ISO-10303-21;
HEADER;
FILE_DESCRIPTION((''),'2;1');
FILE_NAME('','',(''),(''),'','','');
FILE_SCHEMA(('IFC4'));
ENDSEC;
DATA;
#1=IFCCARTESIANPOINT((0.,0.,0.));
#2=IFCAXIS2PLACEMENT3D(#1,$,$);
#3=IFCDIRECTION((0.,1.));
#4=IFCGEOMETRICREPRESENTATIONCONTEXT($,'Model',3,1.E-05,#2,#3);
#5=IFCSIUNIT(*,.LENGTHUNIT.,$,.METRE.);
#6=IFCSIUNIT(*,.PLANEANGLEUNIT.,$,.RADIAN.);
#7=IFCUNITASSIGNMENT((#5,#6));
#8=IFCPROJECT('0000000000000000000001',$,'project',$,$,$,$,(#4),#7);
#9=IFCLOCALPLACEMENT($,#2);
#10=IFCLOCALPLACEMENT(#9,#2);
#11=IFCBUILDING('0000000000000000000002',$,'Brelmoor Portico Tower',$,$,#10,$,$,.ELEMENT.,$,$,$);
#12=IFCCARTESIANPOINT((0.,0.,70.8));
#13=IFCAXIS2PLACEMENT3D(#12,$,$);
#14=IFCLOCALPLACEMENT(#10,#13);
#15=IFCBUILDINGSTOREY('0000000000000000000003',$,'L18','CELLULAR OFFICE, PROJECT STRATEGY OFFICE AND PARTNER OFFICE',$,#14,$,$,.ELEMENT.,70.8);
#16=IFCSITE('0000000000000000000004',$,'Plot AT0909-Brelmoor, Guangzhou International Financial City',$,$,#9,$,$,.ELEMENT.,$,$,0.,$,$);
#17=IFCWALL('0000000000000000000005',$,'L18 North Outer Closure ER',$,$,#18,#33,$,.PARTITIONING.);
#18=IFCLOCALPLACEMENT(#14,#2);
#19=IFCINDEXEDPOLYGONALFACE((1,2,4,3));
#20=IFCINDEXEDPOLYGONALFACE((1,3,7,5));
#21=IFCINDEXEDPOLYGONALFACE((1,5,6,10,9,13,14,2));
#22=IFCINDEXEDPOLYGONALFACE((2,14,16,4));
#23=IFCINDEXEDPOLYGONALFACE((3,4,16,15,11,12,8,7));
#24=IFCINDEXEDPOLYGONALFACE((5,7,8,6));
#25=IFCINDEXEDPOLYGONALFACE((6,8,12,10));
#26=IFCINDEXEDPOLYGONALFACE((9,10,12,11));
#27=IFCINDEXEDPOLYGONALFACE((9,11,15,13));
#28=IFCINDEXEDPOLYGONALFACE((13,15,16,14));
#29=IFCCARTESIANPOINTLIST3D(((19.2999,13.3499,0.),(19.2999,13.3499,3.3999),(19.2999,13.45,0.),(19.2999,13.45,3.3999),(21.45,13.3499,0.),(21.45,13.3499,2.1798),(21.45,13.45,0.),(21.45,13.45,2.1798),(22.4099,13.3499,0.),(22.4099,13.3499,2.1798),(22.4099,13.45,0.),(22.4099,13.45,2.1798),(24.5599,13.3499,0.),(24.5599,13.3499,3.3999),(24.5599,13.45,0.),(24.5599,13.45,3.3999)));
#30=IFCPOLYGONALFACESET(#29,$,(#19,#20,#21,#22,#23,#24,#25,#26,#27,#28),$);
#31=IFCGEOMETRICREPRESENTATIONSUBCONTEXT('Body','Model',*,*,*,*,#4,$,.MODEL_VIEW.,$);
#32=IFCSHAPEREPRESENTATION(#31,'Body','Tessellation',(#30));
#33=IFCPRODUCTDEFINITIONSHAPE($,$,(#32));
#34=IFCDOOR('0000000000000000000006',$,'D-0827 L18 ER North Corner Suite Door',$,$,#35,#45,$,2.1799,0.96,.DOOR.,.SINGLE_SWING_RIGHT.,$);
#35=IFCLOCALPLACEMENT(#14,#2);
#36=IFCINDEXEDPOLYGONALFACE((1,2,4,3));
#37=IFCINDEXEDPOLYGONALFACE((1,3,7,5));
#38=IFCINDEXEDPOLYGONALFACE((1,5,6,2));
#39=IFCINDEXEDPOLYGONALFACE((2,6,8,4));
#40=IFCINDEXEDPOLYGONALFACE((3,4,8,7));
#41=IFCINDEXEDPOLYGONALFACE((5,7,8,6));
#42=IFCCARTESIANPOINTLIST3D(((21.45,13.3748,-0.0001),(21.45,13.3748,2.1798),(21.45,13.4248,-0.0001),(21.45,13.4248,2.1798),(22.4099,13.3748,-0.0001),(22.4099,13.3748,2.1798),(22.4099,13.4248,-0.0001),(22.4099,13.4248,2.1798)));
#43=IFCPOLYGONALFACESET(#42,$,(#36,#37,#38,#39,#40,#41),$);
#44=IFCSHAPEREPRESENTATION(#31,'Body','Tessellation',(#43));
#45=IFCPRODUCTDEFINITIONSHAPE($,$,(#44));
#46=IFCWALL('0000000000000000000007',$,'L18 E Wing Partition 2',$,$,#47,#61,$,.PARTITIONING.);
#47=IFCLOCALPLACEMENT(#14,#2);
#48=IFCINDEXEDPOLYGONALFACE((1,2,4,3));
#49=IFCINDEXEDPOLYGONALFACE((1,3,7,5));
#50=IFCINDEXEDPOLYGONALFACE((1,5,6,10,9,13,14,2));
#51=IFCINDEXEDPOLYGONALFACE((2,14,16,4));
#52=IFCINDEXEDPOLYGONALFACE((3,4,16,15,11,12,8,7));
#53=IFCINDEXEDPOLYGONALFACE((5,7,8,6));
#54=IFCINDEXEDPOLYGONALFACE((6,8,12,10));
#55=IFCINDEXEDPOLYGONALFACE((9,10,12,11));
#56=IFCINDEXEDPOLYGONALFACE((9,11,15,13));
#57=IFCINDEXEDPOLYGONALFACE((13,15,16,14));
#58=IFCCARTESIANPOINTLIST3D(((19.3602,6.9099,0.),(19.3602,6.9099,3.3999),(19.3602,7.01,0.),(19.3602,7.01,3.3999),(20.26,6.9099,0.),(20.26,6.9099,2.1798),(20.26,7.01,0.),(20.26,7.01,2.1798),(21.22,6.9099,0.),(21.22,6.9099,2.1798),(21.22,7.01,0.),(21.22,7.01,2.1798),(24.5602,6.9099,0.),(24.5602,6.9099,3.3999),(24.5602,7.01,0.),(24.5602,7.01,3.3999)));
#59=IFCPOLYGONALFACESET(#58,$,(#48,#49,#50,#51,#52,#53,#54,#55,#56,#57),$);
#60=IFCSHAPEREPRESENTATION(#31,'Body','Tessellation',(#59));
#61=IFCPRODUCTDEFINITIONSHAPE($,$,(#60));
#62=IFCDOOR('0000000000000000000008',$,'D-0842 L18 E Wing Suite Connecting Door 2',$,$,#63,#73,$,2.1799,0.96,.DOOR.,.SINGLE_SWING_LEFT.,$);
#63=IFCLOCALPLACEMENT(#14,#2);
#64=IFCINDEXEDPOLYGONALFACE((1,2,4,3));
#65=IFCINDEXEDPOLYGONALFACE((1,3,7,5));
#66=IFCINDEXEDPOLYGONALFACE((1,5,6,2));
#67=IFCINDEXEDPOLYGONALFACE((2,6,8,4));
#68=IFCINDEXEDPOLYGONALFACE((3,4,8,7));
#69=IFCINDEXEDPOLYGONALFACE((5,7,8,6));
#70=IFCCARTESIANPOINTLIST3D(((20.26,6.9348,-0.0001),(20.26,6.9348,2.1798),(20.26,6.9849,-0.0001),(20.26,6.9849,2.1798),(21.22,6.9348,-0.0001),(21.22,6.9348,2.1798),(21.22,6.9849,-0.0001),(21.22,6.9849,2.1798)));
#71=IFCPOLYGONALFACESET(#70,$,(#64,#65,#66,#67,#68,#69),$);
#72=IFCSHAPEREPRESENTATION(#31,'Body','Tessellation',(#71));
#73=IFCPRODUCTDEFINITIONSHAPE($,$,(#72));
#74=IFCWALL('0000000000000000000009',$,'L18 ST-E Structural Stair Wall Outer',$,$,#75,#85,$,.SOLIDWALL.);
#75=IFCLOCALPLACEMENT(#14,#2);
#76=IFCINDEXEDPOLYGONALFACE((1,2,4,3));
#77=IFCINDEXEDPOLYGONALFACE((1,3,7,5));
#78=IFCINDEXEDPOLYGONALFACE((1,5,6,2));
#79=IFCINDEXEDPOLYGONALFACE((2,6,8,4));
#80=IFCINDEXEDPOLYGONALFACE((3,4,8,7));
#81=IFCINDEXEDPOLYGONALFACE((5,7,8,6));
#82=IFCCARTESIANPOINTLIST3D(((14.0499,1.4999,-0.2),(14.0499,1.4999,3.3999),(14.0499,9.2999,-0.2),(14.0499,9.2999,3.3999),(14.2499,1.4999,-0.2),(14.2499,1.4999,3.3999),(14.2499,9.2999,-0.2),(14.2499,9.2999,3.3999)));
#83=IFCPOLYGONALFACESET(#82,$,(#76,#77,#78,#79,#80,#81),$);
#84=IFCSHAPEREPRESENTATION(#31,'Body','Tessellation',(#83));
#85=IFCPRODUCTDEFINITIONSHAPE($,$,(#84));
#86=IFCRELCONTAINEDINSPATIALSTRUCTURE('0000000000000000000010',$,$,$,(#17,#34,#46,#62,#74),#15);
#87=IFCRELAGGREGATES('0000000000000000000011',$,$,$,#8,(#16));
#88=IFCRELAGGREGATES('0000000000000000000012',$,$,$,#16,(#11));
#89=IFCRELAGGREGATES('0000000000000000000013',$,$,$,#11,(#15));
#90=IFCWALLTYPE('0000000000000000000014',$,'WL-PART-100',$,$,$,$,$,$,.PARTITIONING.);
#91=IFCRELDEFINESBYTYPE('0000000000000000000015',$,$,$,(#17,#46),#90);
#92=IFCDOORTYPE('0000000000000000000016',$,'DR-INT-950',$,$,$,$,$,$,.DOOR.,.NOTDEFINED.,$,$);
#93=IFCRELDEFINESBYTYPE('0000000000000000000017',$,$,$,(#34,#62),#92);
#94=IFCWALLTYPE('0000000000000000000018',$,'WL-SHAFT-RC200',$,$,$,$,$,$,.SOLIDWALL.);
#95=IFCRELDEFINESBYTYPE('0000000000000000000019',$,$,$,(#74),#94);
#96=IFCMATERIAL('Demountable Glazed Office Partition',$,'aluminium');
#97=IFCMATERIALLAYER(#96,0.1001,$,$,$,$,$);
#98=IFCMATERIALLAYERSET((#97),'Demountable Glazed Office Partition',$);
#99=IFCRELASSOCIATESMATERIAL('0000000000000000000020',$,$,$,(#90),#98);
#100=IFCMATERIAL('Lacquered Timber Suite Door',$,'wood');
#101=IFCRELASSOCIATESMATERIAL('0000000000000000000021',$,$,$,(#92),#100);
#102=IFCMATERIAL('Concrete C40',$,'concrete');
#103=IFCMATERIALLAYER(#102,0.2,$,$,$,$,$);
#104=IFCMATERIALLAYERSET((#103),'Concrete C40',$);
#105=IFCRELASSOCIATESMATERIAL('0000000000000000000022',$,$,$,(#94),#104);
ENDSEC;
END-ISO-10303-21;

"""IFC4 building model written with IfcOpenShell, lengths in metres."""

from ifc_helpers import new_model, si_unit, direction, frame, frame_2d, origin, place, context, subcontext, project, spatial, rectangle, extrude, material, layer, layer_set, type_object, element, fill, save


model = new_model("IFC4")

# Units and contexts
model_context = context("Model", 3, precision=1e-05, world=origin(), true_north=direction((0.0, 1.0)))
body_context = subcontext(model_context, "Body", "Model", "MODEL_VIEW")
ifc_project = project(units=[si_unit("LENGTHUNIT", "METRE"), si_unit("PLANEANGLEUNIT", "RADIAN")], contexts=[model_context])

# Site, building, storey
site_placement = place(None, origin())
site = spatial("IfcSite", under=ifc_project, at=site_placement, Name="Plot AT0909-Brelmoor, Guangzhou International Financial City", CompositionType="ELEMENT", RefElevation=0.0)
building_placement = place(site_placement, origin())
building = spatial("IfcBuilding", under=site, at=building_placement, Name="Brelmoor Portico Tower", CompositionType="ELEMENT")
storey_placement = place(building_placement, frame((0.0, 0.0, 70.8)))
storey = spatial("IfcBuildingStorey", under=building, at=storey_placement, Name="L18", Description="CELLULAR OFFICE, PROJECT STRATEGY OFFICE AND PARTNER OFFICE", CompositionType="ELEMENT", Elevation=70.8)

# Walls, openings, doors
ifc_material_1 = material(Name="Demountable Glazed Office Partition", Category="aluminium")
ifc_layer_1 = layer(ifc_material_1, 0.1001)
ifc_layer_set_1 = layer_set([ifc_layer_1], Name="Demountable Glazed Office Partition")
wall_type_1 = type_object("IfcWallType", Name="WL-PART-100", PredefinedType="PARTITIONING", material=ifc_layer_set_1)
wall_1_placement = place(storey_placement, frame((19.3, 13.3999, 0.0), z_axis=(0.0, 0.0, 1.0), x_axis=(1.0, 0.0, 0.0)))
wall_1 = element("IfcWall", 1, at=wall_1_placement, inside=storey, type_object=wall_type_1, Name="L18 North Outer Closure ER", PredefinedType="PARTITIONING", context=body_context, shape_type="SweptSolid", body=[
    extrude(rectangle(XDim=5.26, YDim=0.1001, at=frame_2d((2.6299, 0.0))), origin(), (0.0, 0.0, 1.0), 3.3999),
])
opening_1_placement = place(wall_1_placement, frame((2.1499, 0.0, 0.0)))
opening_1 = element("IfcOpeningElement", 2, at=opening_1_placement, cuts=wall_1, PredefinedType="OPENING", context=body_context, shape_type="SweptSolid", body=[
    extrude(rectangle(XDim=0.96, YDim=2.1799, at=frame_2d((0.48, 1.0898))), frame((0.0, 0.0601, 0.0), z_axis=(0.0, -1.0, 0.0), x_axis=(1.0, 0.0, 0.0)), (0.0, 0.0, 1.0), 0.1201),
])
ifc_material_2 = material(Name="Lacquered Timber Suite Door", Category="wood")
door_type = type_object("IfcDoorType", Name="DR-INT-950", OperationType="NOTDEFINED", PredefinedType="DOOR", material=ifc_material_2)
door_1_placement = place(opening_1_placement, origin())
door_1 = element("IfcDoor", 3, at=door_1_placement, inside=storey, type_object=door_type, Name="D-0827 L18 ER North Corner Suite Door", OperationType="SINGLE_SWING_RIGHT", OverallHeight=2.1799, OverallWidth=0.96, PredefinedType="DOOR", context=body_context, shape_type="SweptSolid", body=[
    extrude(rectangle(XDim=0.96, YDim=2.1799, at=frame_2d((0.48, 1.0898))), frame((0.0, 0.0249, 0.0), z_axis=(0.0, -1.0, 0.0), x_axis=(1.0, 0.0, 0.0)), (0.0, 0.0, 1.0), 0.05),
])
fill(opening_1, door_1)
wall_2_placement = place(storey_placement, frame((19.3601, 6.96, 0.0), z_axis=(0.0, 0.0, 1.0), x_axis=(1.0, 0.0, 0.0)))
wall_2 = element("IfcWall", 4, at=wall_2_placement, inside=storey, type_object=wall_type_1, Name="L18 E Wing Partition 2", PredefinedType="PARTITIONING", context=body_context, shape_type="SweptSolid", body=[
    extrude(rectangle(XDim=5.2, YDim=0.1001, at=frame_2d((2.6001, 0.0))), origin(), (0.0, 0.0, 1.0), 3.3999),
])
opening_2_placement = place(wall_2_placement, frame((0.8999, 0.0, 0.0)))
opening_2 = element("IfcOpeningElement", 5, at=opening_2_placement, cuts=wall_2, PredefinedType="OPENING", context=body_context, shape_type="SweptSolid", body=[
    extrude(rectangle(XDim=0.96, YDim=2.1799, at=frame_2d((0.48, 1.0898))), frame((0.0, 0.0601, 0.0), z_axis=(0.0, -1.0, 0.0), x_axis=(1.0, 0.0, 0.0)), (0.0, 0.0, 1.0), 0.1201),
])
door_2_placement = place(opening_2_placement, origin())
door_2 = element("IfcDoor", 6, at=door_2_placement, inside=storey, type_object=door_type, Name="D-0842 L18 E Wing Suite Connecting Door 2", OperationType="SINGLE_SWING_LEFT", OverallHeight=2.1799, OverallWidth=0.96, PredefinedType="DOOR", context=body_context, shape_type="SweptSolid", body=[
    extrude(rectangle(XDim=0.96, YDim=2.1799, at=frame_2d((0.48, 1.0898))), frame((0.0, 0.0249, 0.0), z_axis=(0.0, -1.0, 0.0), x_axis=(1.0, 0.0, 0.0)), (0.0, 0.0, 1.0), 0.05),
])
fill(opening_2, door_2)

# Wall
ifc_material_3 = material(Name="Concrete C40", Category="concrete")
ifc_layer_2 = layer(ifc_material_3, 0.2)
ifc_layer_set_2 = layer_set([ifc_layer_2], Name="Concrete C40")
wall_type_2 = type_object("IfcWallType", Name="WL-SHAFT-RC200", PredefinedType="SOLIDWALL", material=ifc_layer_set_2)
wall_3_placement = place(storey_placement, frame((14.1499, 1.5, -0.2), z_axis=(0.0, 0.0, 1.0), x_axis=(0.0, 1.0, 0.0)))
element("IfcWall", 7, at=wall_3_placement, inside=storey, type_object=wall_type_2, Name="L18 ST-E Structural Stair Wall Outer", PredefinedType="SOLIDWALL", context=body_context, shape_type="SweptSolid", body=[
    extrude(rectangle(XDim=7.8, YDim=0.2, at=frame_2d((3.8999, 0.0))), origin(), (0.0, 0.0, 1.0), 3.5999),
])

save(model, "model.ifc")
